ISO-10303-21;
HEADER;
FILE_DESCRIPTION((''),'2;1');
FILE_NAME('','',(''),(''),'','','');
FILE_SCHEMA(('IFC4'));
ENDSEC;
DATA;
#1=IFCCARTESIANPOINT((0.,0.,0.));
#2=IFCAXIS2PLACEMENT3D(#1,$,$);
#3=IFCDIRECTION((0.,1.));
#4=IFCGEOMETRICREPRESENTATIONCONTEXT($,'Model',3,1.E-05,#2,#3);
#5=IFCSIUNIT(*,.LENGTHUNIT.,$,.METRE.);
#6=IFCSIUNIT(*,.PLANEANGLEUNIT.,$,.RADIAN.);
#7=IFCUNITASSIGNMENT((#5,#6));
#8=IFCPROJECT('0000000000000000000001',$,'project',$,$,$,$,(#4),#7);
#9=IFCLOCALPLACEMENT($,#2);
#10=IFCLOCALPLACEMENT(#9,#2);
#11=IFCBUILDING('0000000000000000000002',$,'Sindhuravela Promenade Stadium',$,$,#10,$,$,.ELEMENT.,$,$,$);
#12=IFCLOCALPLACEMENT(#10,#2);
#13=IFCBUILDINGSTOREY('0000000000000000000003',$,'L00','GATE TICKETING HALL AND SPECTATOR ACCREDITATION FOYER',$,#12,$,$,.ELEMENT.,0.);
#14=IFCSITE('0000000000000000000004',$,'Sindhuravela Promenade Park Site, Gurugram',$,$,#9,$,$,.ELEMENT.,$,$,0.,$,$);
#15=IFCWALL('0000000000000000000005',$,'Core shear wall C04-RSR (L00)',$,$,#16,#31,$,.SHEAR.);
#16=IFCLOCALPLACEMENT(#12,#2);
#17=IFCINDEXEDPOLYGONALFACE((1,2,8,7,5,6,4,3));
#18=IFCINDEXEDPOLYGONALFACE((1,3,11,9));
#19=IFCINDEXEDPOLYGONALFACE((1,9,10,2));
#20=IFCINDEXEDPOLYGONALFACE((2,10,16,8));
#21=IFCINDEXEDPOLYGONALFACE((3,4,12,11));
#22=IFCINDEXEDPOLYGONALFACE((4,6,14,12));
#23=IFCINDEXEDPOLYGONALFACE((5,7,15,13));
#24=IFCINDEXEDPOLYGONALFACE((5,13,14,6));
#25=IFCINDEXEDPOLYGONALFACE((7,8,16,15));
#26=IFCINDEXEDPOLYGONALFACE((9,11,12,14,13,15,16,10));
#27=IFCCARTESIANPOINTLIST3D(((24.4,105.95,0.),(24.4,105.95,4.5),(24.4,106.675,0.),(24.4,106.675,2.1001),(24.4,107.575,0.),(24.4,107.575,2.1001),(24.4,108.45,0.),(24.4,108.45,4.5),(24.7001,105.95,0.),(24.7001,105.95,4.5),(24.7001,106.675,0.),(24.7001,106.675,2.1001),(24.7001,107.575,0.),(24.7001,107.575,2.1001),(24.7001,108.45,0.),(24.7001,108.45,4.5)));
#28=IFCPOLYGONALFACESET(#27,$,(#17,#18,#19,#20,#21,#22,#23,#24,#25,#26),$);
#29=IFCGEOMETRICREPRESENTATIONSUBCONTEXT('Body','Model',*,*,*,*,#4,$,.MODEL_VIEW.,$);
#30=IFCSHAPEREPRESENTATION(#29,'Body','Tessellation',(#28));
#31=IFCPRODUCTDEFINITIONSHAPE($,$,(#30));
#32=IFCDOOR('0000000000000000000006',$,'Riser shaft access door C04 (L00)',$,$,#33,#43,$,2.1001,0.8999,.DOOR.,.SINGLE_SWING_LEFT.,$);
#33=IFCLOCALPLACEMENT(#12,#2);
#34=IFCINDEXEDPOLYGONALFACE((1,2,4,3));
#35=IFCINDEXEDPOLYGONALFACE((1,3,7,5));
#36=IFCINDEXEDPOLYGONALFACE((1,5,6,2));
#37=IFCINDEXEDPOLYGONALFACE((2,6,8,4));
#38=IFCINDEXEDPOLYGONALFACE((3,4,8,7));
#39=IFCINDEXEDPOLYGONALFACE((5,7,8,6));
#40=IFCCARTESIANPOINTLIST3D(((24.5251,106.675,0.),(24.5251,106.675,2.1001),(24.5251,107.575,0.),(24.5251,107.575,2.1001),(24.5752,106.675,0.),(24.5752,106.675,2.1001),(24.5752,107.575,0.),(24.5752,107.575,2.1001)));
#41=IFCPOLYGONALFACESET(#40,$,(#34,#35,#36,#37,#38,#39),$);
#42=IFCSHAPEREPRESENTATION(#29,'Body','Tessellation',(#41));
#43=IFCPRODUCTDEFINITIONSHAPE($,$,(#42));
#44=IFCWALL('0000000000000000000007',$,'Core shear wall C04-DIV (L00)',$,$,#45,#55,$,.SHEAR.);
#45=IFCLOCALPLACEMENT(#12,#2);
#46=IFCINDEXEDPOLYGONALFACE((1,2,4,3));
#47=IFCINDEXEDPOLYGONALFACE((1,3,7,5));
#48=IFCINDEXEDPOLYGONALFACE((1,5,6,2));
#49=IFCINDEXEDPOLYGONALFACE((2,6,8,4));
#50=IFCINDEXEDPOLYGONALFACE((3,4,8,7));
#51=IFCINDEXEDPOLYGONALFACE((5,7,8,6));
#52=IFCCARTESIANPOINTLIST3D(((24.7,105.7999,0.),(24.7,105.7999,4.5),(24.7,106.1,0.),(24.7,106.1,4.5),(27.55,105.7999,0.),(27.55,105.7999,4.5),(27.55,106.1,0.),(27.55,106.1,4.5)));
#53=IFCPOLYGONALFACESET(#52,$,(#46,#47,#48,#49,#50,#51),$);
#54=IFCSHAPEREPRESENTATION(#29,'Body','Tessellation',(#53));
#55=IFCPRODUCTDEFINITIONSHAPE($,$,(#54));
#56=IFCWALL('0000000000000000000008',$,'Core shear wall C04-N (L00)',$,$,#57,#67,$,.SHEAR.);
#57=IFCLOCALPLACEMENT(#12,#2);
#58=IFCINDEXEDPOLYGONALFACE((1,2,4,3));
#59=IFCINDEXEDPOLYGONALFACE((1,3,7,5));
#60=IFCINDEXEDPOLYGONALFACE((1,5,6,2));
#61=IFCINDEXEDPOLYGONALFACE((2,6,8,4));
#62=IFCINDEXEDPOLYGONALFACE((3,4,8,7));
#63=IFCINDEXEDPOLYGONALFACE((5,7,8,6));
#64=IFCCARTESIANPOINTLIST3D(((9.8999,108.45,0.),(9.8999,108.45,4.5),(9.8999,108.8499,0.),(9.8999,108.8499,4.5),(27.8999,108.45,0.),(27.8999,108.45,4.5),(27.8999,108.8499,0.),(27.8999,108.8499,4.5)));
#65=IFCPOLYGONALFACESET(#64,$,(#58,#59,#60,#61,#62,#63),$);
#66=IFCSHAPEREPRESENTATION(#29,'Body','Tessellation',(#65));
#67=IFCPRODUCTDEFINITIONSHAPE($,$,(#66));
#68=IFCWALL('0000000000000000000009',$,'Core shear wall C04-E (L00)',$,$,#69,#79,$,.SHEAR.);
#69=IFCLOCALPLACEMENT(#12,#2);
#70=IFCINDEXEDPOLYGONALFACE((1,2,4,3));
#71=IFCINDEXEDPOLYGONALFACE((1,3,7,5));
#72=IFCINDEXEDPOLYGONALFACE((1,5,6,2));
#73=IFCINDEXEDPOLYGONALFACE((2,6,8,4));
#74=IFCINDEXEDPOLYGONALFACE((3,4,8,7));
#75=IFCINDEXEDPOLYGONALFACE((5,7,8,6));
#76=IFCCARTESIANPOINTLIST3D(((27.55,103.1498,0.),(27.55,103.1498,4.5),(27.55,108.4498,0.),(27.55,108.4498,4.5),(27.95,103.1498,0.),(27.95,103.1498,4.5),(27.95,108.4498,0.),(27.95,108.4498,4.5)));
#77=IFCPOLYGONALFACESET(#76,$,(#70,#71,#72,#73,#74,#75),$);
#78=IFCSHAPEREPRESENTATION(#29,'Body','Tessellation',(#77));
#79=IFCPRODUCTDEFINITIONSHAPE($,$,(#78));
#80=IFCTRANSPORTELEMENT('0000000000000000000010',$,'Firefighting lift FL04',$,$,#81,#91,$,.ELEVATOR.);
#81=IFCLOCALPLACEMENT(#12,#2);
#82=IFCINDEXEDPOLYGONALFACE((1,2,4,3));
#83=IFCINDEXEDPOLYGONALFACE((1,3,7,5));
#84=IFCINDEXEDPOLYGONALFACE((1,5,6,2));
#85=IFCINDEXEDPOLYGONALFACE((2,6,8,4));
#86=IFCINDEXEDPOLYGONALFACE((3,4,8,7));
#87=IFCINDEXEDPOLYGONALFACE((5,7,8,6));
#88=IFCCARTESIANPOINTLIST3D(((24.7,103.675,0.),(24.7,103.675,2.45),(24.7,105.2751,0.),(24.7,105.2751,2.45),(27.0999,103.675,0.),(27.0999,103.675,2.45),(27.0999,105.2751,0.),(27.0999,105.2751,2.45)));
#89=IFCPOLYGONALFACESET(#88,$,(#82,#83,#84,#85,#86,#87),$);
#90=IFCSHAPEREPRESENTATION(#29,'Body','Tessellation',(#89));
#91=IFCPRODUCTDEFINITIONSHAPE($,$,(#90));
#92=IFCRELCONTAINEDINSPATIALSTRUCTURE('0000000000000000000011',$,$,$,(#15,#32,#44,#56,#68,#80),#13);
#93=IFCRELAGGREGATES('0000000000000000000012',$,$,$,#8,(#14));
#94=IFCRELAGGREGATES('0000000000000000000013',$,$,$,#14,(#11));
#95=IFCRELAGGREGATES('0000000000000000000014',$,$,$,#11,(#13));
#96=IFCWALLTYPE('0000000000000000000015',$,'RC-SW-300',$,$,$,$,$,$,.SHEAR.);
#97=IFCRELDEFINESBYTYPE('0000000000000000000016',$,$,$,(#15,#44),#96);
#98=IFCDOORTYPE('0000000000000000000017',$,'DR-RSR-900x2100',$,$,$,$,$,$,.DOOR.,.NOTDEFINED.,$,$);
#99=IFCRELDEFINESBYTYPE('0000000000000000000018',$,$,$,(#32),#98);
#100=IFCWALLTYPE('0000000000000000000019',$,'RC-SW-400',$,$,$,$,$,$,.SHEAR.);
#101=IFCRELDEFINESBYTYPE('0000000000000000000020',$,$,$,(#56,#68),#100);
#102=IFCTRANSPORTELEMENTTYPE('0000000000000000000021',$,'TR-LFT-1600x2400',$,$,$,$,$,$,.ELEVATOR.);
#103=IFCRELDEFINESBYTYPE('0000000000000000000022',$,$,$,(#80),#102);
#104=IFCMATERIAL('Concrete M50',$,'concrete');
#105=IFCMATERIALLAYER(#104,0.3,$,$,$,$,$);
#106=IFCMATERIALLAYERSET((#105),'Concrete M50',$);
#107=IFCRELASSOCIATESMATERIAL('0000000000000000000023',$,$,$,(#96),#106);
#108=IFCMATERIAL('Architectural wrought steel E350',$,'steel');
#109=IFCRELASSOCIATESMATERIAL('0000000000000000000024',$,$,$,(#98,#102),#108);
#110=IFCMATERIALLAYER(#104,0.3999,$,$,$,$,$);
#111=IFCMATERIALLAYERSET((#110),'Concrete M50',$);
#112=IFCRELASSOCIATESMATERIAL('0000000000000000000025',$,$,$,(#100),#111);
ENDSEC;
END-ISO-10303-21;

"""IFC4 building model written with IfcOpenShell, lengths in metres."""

from ifc_helpers import new_model, si_unit, direction, frame, frame_2d, origin, origin_2d, place, context, subcontext, project, spatial, rectangle, extrude, material, layer, layer_set, type_object, element, fill, save


model = new_model("IFC4")

# Units and contexts
model_context = context("Model", 3, precision=1e-05, world=origin(), true_north=direction((0.0, 1.0)))
body_context = subcontext(model_context, "Body", "Model", "MODEL_VIEW")
ifc_project = project(units=[si_unit("LENGTHUNIT", "METRE"), si_unit("PLANEANGLEUNIT", "RADIAN")], contexts=[model_context])

# Site, building, storey
site_placement = place(None, origin())
site = spatial("IfcSite", under=ifc_project, at=site_placement, Name="Sindhuravela Promenade Park Site, Gurugram", CompositionType="ELEMENT", RefElevation=0.0)
building_placement = place(site_placement, origin())
building = spatial("IfcBuilding", under=site, at=building_placement, Name="Sindhuravela Promenade Stadium", CompositionType="ELEMENT")
storey_placement = place(building_placement, origin())
storey = spatial("IfcBuildingStorey", under=building, at=storey_placement, Name="L00", Description="GATE TICKETING HALL AND SPECTATOR ACCREDITATION FOYER", CompositionType="ELEMENT", Elevation=0.0)

# Shared definitions
ifc_material_1 = material(Name="Concrete M50", Category="concrete")

# Wall, opening, door
ifc_layer_1 = layer(ifc_material_1, 0.3)
ifc_layer_set_1 = layer_set([ifc_layer_1], Name="Concrete M50")
wall_type_1 = type_object("IfcWallType", Name="RC-SW-300", PredefinedType="SHEAR", material=ifc_layer_set_1)
ifc_material_2 = material(Name="Architectural wrought steel E350", Category="steel")
wall_1_placement = place(storey_placement, frame((24.55, 105.95, 0.0), z_axis=(0.0, 0.0, 1.0), x_axis=(0.0, 1.0, 0.0)))
wall_1 = element("IfcWall", 1, at=wall_1_placement, inside=storey, type_object=wall_type_1, Name="Core shear wall C04-RSR (L00)", PredefinedType="SHEAR", context=body_context, shape_type="SweptSolid", body=[
    extrude(rectangle(XDim=2.5, YDim=0.3, at=frame_2d((1.25, 0.0))), origin(), (0.0, 0.0, 1.0), 4.5),
])
opening_1_placement = place(wall_1_placement, frame((0.7251, 0.0, 0.0)))
opening_1 = element("IfcOpeningElement", 2, at=opening_1_placement, cuts=wall_1, PredefinedType="OPENING", context=body_context, shape_type="SweptSolid", body=[
    extrude(rectangle(XDim=0.8999, YDim=2.1001, at=frame_2d((0.45, 1.05))), frame((0.0, 0.1599, 0.0), z_axis=(0.0, -1.0, 0.0), x_axis=(1.0, 0.0, 0.0)), (0.0, 0.0, 1.0), 0.3201),
])
door_type_1 = type_object("IfcDoorType", Name="DR-RSR-900x2100", OperationType="NOTDEFINED", PredefinedType="DOOR", material=ifc_material_2)
door_1_placement = place(opening_1_placement, origin())
door_1 = element("IfcDoor", 3, at=door_1_placement, inside=storey, type_object=door_type_1, Name="Riser shaft access door C04 (L00)", OperationType="SINGLE_SWING_LEFT", OverallHeight=2.1001, OverallWidth=0.8999, PredefinedType="DOOR", context=body_context, shape_type="SweptSolid", body=[
    extrude(rectangle(XDim=0.8999, YDim=2.1001, at=frame_2d((0.45, 1.05))), frame((0.0, 0.0249, 0.0), z_axis=(0.0, -1.0, 0.0), x_axis=(1.0, 0.0, 0.0)), (0.0, 0.0, 1.0), 0.05),
])
fill(opening_1, door_1)

# Walls
wall_2_placement = place(storey_placement, frame((24.7, 105.95, 0.0), z_axis=(0.0, 0.0, 1.0), x_axis=(1.0, 0.0, 0.0)))
element("IfcWall", 4, at=wall_2_placement, inside=storey, type_object=wall_type_1, Name="Core shear wall C04-DIV (L00)", PredefinedType="SHEAR", context=body_context, shape_type="SweptSolid", body=[
    extrude(rectangle(XDim=2.8501, YDim=0.3, at=frame_2d((1.425, 0.0))), origin(), (0.0, 0.0, 1.0), 4.5),
])
ifc_layer_2 = layer(ifc_material_1, 0.3999)
ifc_layer_set_2 = layer_set([ifc_layer_2], Name="Concrete M50")
wall_type_2 = type_object("IfcWallType", Name="RC-SW-400", PredefinedType="SHEAR", material=ifc_layer_set_2)
wall_3_placement = place(storey_placement, frame((27.8999, 108.6499, 0.0), z_axis=(0.0, 0.0, 1.0), x_axis=(-1.0, 0.0, 0.0)))
element("IfcWall", 5, at=wall_3_placement, inside=storey, type_object=wall_type_2, Name="Core shear wall C04-N (L00)", PredefinedType="SHEAR", context=body_context, shape_type="SweptSolid", body=[
    extrude(rectangle(XDim=18.0, YDim=0.3999, at=frame_2d((9.0, 0.0))), origin(), (0.0, 0.0, 1.0), 4.5),
])
wall_4_placement = place(storey_placement, frame((27.75, 103.1499, 0.0), z_axis=(0.0, 0.0, 1.0), x_axis=(0.0, 1.0, 0.0)))
element("IfcWall", 6, at=wall_4_placement, inside=storey, type_object=wall_type_2, Name="Core shear wall C04-E (L00)", PredefinedType="SHEAR", context=body_context, shape_type="SweptSolid", body=[
    extrude(rectangle(XDim=5.3, YDim=0.3999, at=frame_2d((2.6499, 0.0))), origin(), (0.0, 0.0, 1.0), 4.5),
])

# Transport element
transport_element_type = type_object("IfcTransportElementType", Name="TR-LFT-1600x2400", PredefinedType="ELEVATOR", material=ifc_material_2)
transport_element_placement = place(storey_placement, frame((25.8999, 104.4751, 0.0), z_axis=(0.0, 0.0, 1.0), x_axis=(1.0, 0.0, 0.0)))
element("IfcTransportElement", 7, at=transport_element_placement, inside=storey, type_object=transport_element_type, Name="Firefighting lift FL04", PredefinedType="ELEVATOR", context=body_context, shape_type="SweptSolid", body=[
    extrude(rectangle(XDim=2.3999, YDim=1.6001, at=origin_2d()), origin(), (0.0, 0.0, 1.0), 2.45),
])

save(model, "model.ifc")
